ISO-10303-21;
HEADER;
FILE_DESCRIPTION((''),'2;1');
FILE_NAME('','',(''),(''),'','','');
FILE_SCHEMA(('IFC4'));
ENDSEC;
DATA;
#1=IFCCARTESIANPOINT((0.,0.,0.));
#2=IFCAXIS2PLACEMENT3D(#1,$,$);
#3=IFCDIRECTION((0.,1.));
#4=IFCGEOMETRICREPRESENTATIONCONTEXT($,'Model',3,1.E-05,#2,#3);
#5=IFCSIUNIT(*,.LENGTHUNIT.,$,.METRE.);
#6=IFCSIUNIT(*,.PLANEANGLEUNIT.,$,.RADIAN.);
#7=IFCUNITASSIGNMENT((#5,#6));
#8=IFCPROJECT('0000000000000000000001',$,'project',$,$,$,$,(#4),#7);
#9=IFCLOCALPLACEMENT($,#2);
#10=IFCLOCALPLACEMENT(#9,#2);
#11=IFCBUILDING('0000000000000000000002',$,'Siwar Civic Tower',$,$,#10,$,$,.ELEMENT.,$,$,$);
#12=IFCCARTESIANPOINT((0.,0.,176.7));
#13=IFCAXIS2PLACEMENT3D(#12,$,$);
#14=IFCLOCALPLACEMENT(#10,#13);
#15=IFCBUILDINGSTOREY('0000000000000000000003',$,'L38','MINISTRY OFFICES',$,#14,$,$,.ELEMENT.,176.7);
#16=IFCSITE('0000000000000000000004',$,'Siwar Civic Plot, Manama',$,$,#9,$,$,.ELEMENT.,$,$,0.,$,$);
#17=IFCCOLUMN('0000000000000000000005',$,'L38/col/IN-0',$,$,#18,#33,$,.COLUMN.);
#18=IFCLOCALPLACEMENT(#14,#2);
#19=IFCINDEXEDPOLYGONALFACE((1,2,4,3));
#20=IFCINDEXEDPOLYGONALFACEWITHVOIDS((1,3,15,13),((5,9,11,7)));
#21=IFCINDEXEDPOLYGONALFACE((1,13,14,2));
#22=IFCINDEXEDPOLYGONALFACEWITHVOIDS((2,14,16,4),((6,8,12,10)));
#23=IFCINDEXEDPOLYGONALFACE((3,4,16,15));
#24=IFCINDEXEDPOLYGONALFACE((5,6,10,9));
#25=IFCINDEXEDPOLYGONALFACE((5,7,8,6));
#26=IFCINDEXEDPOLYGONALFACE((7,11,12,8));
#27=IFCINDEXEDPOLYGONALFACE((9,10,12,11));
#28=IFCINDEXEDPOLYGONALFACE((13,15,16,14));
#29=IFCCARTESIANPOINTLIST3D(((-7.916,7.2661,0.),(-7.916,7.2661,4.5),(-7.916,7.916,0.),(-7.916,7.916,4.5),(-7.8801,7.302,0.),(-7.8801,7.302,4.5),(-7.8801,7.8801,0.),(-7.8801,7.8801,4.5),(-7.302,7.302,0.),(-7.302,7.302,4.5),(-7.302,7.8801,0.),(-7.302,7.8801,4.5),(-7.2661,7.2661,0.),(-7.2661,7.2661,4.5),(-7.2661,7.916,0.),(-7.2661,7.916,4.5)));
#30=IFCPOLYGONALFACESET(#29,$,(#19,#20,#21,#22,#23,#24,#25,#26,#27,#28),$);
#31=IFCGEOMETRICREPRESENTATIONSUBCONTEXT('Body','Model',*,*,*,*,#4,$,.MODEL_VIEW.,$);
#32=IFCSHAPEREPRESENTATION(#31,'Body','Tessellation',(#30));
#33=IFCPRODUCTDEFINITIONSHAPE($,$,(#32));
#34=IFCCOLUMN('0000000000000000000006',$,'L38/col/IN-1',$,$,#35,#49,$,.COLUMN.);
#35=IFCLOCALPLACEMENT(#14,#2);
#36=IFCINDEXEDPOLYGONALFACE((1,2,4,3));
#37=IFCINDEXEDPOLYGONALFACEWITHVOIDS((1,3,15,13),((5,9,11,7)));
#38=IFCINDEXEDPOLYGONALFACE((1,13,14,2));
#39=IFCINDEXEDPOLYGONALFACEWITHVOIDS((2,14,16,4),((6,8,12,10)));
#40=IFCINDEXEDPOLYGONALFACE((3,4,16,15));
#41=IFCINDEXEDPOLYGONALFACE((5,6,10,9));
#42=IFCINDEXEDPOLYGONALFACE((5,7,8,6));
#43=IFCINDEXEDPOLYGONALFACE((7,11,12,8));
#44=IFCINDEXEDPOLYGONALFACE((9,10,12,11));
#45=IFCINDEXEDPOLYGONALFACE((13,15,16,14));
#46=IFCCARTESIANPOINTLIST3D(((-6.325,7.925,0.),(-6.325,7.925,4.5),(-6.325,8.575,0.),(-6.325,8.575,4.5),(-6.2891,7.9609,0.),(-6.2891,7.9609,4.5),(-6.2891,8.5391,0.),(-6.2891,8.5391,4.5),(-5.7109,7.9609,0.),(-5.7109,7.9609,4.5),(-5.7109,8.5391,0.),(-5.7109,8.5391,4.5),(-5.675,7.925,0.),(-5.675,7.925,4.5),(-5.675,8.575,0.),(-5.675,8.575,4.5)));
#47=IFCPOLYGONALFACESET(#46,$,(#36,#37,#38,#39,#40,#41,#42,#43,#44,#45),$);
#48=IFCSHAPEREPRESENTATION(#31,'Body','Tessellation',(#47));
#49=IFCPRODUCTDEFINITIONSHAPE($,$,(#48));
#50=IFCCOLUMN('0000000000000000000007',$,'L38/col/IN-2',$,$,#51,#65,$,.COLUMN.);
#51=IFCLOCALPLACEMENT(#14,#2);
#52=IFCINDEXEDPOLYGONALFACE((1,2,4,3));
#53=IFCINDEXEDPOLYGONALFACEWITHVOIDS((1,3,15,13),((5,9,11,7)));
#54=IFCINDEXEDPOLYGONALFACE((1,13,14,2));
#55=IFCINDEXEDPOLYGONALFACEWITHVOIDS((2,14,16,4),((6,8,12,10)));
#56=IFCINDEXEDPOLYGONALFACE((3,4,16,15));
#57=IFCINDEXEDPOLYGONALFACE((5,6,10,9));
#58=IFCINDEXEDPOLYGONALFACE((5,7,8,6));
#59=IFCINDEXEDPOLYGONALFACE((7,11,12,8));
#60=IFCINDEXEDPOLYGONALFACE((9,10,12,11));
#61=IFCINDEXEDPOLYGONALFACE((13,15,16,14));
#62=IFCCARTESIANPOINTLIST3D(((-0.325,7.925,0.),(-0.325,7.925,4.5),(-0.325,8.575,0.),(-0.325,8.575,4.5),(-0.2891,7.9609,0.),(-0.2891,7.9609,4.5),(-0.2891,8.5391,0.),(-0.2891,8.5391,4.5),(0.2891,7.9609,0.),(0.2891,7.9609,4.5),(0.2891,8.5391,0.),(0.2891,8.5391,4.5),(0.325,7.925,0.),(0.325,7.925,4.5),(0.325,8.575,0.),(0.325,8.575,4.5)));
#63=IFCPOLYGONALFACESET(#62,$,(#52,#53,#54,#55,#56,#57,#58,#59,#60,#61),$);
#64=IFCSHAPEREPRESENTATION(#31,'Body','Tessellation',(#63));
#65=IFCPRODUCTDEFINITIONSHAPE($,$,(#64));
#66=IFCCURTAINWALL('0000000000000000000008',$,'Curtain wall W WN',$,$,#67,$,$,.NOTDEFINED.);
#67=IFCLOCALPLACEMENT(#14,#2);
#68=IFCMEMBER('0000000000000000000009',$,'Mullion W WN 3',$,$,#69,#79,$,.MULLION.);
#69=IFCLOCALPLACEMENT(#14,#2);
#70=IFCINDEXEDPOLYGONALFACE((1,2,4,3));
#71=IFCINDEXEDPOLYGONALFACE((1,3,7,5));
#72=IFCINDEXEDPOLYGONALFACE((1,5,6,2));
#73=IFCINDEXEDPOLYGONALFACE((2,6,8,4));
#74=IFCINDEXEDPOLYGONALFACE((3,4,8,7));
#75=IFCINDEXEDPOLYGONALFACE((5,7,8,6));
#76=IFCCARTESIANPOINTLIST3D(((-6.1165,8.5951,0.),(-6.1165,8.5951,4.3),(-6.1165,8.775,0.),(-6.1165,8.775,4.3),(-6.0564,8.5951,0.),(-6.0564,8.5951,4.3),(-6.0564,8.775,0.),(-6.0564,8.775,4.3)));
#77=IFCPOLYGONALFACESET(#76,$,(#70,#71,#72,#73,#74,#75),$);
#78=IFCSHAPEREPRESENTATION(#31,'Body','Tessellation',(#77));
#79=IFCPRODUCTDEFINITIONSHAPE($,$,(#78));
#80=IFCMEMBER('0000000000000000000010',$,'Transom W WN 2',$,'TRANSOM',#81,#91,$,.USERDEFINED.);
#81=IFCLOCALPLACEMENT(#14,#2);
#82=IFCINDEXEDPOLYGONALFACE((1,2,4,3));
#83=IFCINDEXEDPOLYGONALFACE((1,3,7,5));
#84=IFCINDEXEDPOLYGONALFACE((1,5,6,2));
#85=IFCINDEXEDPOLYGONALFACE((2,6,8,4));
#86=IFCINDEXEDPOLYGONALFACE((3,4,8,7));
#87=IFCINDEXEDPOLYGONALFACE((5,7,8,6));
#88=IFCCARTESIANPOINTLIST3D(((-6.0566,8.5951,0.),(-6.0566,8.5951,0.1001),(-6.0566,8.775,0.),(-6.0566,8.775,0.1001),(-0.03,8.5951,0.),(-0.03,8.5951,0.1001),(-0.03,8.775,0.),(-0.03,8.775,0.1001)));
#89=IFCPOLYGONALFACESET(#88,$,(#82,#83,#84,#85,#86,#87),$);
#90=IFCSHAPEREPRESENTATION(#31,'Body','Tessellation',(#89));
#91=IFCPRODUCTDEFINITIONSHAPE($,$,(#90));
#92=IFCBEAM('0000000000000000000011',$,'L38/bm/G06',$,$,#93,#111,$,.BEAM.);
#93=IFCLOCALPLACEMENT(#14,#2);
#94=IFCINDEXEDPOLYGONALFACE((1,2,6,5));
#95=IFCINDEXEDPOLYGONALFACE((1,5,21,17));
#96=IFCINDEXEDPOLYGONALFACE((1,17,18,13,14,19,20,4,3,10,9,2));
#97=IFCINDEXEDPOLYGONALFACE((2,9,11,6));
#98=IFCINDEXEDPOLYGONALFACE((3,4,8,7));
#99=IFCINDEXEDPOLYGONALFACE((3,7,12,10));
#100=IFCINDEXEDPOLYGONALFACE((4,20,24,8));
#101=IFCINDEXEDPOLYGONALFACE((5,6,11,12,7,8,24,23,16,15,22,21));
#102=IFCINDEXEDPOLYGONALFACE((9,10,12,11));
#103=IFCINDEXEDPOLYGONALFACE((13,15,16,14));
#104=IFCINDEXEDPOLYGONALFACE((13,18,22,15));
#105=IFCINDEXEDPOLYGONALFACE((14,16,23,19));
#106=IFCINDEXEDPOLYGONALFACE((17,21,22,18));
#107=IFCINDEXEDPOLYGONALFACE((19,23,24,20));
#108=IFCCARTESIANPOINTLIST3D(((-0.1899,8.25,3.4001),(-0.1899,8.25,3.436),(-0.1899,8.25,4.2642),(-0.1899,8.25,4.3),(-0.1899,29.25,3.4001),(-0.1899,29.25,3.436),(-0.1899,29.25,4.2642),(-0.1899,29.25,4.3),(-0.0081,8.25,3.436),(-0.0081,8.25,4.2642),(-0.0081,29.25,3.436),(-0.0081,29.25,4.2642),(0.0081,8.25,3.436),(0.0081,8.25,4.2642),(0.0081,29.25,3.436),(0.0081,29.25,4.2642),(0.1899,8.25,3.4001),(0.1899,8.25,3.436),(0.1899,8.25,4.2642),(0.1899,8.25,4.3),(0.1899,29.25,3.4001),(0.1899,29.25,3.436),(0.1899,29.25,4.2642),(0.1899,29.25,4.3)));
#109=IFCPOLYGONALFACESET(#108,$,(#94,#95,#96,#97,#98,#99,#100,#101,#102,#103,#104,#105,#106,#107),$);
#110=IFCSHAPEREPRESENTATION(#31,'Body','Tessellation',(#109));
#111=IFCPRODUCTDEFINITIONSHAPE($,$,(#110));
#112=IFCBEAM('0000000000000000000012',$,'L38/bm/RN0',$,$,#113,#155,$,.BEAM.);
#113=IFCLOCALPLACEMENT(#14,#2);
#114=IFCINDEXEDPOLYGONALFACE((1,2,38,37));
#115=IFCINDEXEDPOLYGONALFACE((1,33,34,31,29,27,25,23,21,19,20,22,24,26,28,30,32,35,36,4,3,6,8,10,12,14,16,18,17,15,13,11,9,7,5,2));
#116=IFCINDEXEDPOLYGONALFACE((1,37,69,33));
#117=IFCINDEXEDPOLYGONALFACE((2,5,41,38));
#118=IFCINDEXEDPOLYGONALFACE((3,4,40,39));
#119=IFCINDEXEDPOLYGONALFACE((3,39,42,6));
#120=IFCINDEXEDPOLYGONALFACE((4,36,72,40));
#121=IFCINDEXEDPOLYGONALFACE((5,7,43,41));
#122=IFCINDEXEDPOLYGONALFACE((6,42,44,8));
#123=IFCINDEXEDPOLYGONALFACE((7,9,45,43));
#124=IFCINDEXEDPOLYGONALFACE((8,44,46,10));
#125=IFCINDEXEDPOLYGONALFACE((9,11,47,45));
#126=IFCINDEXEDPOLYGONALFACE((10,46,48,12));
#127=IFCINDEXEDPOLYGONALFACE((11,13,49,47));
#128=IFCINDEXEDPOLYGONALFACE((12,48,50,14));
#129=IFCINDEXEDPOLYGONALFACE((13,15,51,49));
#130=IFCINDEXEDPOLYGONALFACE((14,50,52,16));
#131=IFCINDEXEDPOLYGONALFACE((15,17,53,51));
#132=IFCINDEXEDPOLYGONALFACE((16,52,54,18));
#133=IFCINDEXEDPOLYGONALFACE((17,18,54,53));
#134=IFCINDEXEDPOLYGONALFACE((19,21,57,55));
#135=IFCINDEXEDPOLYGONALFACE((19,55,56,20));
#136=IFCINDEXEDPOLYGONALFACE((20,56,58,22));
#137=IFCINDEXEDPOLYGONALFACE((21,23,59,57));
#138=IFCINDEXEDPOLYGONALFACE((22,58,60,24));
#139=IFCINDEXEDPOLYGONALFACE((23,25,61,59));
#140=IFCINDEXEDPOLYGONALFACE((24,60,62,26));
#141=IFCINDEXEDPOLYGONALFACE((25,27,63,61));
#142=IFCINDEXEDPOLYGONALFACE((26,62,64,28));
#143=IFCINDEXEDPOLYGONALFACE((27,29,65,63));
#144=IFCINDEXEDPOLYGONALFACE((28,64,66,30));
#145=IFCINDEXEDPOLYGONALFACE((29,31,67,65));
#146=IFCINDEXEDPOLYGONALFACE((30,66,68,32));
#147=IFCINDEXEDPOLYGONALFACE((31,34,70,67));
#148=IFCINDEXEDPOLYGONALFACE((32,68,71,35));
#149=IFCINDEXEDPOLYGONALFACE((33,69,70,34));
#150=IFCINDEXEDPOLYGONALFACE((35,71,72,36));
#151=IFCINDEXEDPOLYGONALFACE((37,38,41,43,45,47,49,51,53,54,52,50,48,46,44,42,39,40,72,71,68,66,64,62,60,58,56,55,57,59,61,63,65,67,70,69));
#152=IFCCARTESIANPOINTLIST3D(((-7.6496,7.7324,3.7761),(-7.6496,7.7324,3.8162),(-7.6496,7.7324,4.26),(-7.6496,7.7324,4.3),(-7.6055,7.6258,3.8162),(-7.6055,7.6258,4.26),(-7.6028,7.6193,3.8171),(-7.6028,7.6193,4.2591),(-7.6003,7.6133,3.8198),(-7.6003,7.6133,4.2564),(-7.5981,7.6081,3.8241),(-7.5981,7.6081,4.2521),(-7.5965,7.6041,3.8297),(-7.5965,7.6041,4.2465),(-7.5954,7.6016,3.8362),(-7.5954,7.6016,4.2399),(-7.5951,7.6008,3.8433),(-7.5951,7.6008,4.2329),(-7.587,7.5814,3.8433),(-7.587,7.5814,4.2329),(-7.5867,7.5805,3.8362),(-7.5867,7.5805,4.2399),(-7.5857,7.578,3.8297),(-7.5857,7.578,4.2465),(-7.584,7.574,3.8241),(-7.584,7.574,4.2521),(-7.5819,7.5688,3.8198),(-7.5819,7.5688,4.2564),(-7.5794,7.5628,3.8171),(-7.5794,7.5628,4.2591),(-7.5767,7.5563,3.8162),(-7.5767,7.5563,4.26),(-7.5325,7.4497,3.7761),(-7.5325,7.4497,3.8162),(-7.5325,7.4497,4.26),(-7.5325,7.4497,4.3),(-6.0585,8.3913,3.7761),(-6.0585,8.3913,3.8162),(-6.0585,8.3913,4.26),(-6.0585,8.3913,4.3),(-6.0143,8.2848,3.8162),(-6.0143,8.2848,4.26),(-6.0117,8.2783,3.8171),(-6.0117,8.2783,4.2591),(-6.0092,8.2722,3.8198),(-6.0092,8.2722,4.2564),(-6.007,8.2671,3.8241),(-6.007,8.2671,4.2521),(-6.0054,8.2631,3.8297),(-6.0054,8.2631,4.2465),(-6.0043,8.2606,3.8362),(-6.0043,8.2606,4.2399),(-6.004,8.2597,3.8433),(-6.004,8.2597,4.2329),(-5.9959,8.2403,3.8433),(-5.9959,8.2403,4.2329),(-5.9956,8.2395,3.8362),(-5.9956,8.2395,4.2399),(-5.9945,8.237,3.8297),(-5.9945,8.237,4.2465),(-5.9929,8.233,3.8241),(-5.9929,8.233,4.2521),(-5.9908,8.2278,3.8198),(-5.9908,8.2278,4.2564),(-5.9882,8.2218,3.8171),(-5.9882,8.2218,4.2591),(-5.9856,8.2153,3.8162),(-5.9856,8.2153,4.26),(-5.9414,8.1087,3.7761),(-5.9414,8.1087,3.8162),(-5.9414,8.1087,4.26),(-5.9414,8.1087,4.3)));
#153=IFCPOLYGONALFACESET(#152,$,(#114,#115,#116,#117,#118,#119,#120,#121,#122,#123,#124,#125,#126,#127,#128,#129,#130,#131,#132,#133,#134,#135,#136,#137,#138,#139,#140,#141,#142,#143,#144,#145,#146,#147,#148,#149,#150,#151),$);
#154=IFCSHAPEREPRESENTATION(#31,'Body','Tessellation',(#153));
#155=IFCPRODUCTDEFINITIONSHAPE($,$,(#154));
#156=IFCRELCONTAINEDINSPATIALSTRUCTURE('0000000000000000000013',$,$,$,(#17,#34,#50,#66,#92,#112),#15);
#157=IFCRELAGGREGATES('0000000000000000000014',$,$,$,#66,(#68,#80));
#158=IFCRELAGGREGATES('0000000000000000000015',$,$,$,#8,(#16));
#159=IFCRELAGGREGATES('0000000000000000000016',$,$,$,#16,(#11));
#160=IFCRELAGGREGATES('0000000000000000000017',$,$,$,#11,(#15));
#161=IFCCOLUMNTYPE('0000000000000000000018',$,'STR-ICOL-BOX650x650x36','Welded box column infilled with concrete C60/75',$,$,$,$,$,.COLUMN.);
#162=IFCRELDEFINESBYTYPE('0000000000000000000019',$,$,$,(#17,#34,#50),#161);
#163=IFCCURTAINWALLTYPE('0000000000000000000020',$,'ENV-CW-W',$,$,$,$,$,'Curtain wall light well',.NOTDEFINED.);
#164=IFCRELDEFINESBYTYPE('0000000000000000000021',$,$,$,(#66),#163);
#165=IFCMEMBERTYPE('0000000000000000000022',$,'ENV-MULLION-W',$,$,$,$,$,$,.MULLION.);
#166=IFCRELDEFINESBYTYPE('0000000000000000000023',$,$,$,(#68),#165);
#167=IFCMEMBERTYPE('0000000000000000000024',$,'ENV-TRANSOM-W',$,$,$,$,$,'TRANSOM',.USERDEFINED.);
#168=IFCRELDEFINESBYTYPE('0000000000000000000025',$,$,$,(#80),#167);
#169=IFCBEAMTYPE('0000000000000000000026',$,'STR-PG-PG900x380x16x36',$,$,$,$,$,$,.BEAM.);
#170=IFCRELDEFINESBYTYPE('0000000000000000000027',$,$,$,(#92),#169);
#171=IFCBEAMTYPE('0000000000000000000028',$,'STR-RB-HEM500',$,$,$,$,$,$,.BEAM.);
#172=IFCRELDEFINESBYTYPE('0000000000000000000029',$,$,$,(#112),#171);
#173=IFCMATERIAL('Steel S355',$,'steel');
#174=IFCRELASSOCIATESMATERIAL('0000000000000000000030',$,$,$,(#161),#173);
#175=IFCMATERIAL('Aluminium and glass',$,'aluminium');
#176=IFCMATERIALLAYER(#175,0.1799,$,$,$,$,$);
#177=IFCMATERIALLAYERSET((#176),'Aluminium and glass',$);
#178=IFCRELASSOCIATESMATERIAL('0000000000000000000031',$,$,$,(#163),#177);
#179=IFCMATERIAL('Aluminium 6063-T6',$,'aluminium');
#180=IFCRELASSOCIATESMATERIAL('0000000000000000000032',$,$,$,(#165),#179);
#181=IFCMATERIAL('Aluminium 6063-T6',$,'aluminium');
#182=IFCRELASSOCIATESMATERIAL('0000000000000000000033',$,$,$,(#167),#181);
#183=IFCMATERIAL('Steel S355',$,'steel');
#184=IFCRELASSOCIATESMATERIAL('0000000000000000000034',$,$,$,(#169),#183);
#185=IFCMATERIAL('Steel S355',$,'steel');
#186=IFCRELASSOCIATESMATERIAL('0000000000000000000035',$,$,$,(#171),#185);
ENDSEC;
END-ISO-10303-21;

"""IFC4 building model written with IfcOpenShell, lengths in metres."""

from ifc_helpers import new_model, si_unit, direction, frame, origin, origin_2d, place, context, subcontext, project, spatial, rectangle, hollow_rectangle, i_section, extrude, material, layer, layer_set, material_profile, profile_set, type_object, element, aggregate, save


model = new_model("IFC4")

# Units and contexts
model_context = context("Model", 3, precision=1e-05, world=origin(), true_north=direction((0.0, 1.0)))
body_context = subcontext(model_context, "Body", "Model", "MODEL_VIEW")
ifc_project = project(units=[si_unit("LENGTHUNIT", "METRE"), si_unit("PLANEANGLEUNIT", "RADIAN")], contexts=[model_context])

# Site, building, storey
site_placement = place(None, origin())
site = spatial("IfcSite", under=ifc_project, at=site_placement, Name="Siwar Civic Plot, Manama", CompositionType="ELEMENT", RefElevation=0.0)
building_placement = place(site_placement, origin())
building = spatial("IfcBuilding", under=site, at=building_placement, Name="Siwar Civic Tower", CompositionType="ELEMENT")
storey_placement = place(building_placement, frame((0.0, 0.0, 176.7)))
storey = spatial("IfcBuildingStorey", under=building, at=storey_placement, Name="L38", Description="MINISTRY OFFICES", CompositionType="ELEMENT", Elevation=176.7)

# Columns
ifc_material_1 = material(Name="Steel S355", Category="steel")
ifc_material_profile_1 = material_profile(ifc_material_1, hollow_rectangle(XDim=0.6499, YDim=0.6499, WallThickness=0.0359, at=origin_2d()), Name="BOX650x650x36")
ifc_profile_set_1 = profile_set([ifc_material_profile_1], Name="Steel S355")
column_type = type_object("IfcColumnType", Name="STR-ICOL-BOX650x650x36", Description="Welded box column infilled with concrete C60/75", PredefinedType="COLUMN", material=ifc_profile_set_1)
for number, where, z_axis, x_axis, name in (
    (1, (-7.5911, 7.5911, 0.0), (0.0, 0.0, 1.0), (1.0, 0.0, 0.0), "L38/col/IN-0"),
    (2, (-6.0, 8.25, 0.0), (0.0, 0.0, 1.0), (1.0, 0.0, 0.0), "L38/col/IN-1"),
    (3, (0.0, 8.25, 0.0), (0.0, 0.0, 1.0), (1.0, 0.0, 0.0), "L38/col/IN-2"),
):
    element("IfcColumn", number, at=place(storey_placement, frame(where, z_axis=z_axis, x_axis=x_axis)), inside=storey, type_object=column_type, Name=name, PredefinedType="COLUMN", context=body_context, shape_type="SweptSolid", body=[
        extrude(hollow_rectangle(XDim=0.6499, YDim=0.6499, WallThickness=0.0359, at=origin_2d()), origin(), (0.0, 0.0, 1.0), 4.5),
    ])

# Curtain wall, members
ifc_material_2 = material(Name="Aluminium and glass", Category="aluminium")
ifc_layer_1 = layer(ifc_material_2, 0.1799)
ifc_layer_set_1 = layer_set([ifc_layer_1], Name="Aluminium and glass")
curtain_wall_type = type_object("IfcCurtainWallType", Name="ENV-CW-W", ElementType="Curtain wall light well", PredefinedType="NOTDEFINED", material=ifc_layer_set_1)
curtain_wall_placement = place(storey_placement, origin())
curtain_wall = element("IfcCurtainWall", 4, at=curtain_wall_placement, inside=storey, type_object=curtain_wall_type, Name="Curtain wall W WN", PredefinedType="NOTDEFINED")
ifc_material_3 = material(Name="Aluminium 6063-T6", Category="aluminium")
ifc_material_profile_2 = material_profile(ifc_material_3, rectangle(XDim=0.1799, YDim=0.0601, at=origin_2d()), Name="AL 180x60")
ifc_profile_set_2 = profile_set([ifc_material_profile_2], Name="Aluminium 6063-T6")
member_type_1 = type_object("IfcMemberType", Name="ENV-MULLION-W", PredefinedType="MULLION", material=ifc_profile_set_2)
member_1_placement = place(storey_placement, frame((-6.0864, 8.6851, 0.0), z_axis=(0.0, 0.0, 1.0), x_axis=(0.0, -1.0, 0.0)))
member_1 = element("IfcMember", 5, at=member_1_placement, type_object=member_type_1, Name="Mullion W WN 3", PredefinedType="MULLION", context=body_context, shape_type="SweptSolid", body=[
    extrude(rectangle(XDim=0.1799, YDim=0.0601, at=origin_2d()), origin(), (0.0, 0.0, 1.0), 4.3),
])
ifc_material_4 = material(Name="Aluminium 6063-T6", Category="aluminium")
ifc_material_profile_3 = material_profile(ifc_material_4, rectangle(XDim=0.1799, YDim=0.1001, at=origin_2d()), Name="AL 180x100")
ifc_profile_set_3 = profile_set([ifc_material_profile_3], Name="Aluminium 6063-T6")
member_type_2 = type_object("IfcMemberType", Name="ENV-TRANSOM-W", ElementType="TRANSOM", PredefinedType="USERDEFINED", material=ifc_profile_set_3)
member_2_placement = place(storey_placement, frame((-0.03, 8.6851, 0.05), z_axis=(-1.0, 0.0, 0.0), x_axis=(0.0, -1.0, 0.0)))
member_2 = element("IfcMember", 6, at=member_2_placement, type_object=member_type_2, Name="Transom W WN 2", ObjectType="TRANSOM", PredefinedType="USERDEFINED", context=body_context, shape_type="SweptSolid", body=[
    extrude(rectangle(XDim=0.1799, YDim=0.1001, at=origin_2d()), origin(), (0.0, 0.0, 1.0), 6.0266),
])

# Beams
ifc_material_5 = material(Name="Steel S355", Category="steel")
ifc_material_profile_4 = material_profile(ifc_material_5, i_section(OverallWidth=0.3799, OverallDepth=0.8999, WebThickness=0.0161, FlangeThickness=0.0359, at=origin_2d()), Name="PG900x380x16x36")
ifc_profile_set_4 = profile_set([ifc_material_profile_4], Name="Steel S355")
beam_type_1 = type_object("IfcBeamType", Name="STR-PG-PG900x380x16x36", PredefinedType="BEAM", material=ifc_profile_set_4)
beam_1_placement = place(storey_placement, frame((0.0, 8.25, 3.8501), z_axis=(0.0, 1.0, 0.0), x_axis=(-1.0, 0.0, 0.0)))
element("IfcBeam", 7, at=beam_1_placement, inside=storey, type_object=beam_type_1, Name="L38/bm/G06", PredefinedType="BEAM", context=body_context, shape_type="SweptSolid", body=[
    extrude(i_section(OverallWidth=0.3799, OverallDepth=0.8999, WebThickness=0.0161, FlangeThickness=0.0359, at=origin_2d()), origin(), (0.0, 0.0, 1.0), 21.0),
])
ifc_material_6 = material(Name="Steel S355", Category="steel")
ifc_material_profile_5 = material_profile(ifc_material_6, i_section(OverallWidth=0.3059, OverallDepth=0.5239, WebThickness=0.021, FlangeThickness=0.04, FilletRadius=0.0271, at=origin_2d()), Name="HEM500")
ifc_profile_set_5 = profile_set([ifc_material_profile_5], Name="Steel S355")
beam_type_2 = type_object("IfcBeamType", Name="STR-RB-HEM500", PredefinedType="BEAM", material=ifc_profile_set_5)
beam_2_placement = place(storey_placement, frame((-7.5911, 7.5911, 4.0381), z_axis=(0.923901, 0.382631, 0.0), x_axis=(-0.382631, 0.923901, 0.0)))
element("IfcBeam", 8, at=beam_2_placement, inside=storey, type_object=beam_type_2, Name="L38/bm/RN0", PredefinedType="BEAM", context=body_context, shape_type="SweptSolid", body=[
    extrude(i_section(OverallWidth=0.3059, OverallDepth=0.5239, WebThickness=0.021, FlangeThickness=0.04, FilletRadius=0.0271, at=origin_2d()), origin(), (0.0, 0.0, 1.0), 1.7222),
])

aggregate(curtain_wall, [member_1, member_2])

save(model, "model.ifc")
